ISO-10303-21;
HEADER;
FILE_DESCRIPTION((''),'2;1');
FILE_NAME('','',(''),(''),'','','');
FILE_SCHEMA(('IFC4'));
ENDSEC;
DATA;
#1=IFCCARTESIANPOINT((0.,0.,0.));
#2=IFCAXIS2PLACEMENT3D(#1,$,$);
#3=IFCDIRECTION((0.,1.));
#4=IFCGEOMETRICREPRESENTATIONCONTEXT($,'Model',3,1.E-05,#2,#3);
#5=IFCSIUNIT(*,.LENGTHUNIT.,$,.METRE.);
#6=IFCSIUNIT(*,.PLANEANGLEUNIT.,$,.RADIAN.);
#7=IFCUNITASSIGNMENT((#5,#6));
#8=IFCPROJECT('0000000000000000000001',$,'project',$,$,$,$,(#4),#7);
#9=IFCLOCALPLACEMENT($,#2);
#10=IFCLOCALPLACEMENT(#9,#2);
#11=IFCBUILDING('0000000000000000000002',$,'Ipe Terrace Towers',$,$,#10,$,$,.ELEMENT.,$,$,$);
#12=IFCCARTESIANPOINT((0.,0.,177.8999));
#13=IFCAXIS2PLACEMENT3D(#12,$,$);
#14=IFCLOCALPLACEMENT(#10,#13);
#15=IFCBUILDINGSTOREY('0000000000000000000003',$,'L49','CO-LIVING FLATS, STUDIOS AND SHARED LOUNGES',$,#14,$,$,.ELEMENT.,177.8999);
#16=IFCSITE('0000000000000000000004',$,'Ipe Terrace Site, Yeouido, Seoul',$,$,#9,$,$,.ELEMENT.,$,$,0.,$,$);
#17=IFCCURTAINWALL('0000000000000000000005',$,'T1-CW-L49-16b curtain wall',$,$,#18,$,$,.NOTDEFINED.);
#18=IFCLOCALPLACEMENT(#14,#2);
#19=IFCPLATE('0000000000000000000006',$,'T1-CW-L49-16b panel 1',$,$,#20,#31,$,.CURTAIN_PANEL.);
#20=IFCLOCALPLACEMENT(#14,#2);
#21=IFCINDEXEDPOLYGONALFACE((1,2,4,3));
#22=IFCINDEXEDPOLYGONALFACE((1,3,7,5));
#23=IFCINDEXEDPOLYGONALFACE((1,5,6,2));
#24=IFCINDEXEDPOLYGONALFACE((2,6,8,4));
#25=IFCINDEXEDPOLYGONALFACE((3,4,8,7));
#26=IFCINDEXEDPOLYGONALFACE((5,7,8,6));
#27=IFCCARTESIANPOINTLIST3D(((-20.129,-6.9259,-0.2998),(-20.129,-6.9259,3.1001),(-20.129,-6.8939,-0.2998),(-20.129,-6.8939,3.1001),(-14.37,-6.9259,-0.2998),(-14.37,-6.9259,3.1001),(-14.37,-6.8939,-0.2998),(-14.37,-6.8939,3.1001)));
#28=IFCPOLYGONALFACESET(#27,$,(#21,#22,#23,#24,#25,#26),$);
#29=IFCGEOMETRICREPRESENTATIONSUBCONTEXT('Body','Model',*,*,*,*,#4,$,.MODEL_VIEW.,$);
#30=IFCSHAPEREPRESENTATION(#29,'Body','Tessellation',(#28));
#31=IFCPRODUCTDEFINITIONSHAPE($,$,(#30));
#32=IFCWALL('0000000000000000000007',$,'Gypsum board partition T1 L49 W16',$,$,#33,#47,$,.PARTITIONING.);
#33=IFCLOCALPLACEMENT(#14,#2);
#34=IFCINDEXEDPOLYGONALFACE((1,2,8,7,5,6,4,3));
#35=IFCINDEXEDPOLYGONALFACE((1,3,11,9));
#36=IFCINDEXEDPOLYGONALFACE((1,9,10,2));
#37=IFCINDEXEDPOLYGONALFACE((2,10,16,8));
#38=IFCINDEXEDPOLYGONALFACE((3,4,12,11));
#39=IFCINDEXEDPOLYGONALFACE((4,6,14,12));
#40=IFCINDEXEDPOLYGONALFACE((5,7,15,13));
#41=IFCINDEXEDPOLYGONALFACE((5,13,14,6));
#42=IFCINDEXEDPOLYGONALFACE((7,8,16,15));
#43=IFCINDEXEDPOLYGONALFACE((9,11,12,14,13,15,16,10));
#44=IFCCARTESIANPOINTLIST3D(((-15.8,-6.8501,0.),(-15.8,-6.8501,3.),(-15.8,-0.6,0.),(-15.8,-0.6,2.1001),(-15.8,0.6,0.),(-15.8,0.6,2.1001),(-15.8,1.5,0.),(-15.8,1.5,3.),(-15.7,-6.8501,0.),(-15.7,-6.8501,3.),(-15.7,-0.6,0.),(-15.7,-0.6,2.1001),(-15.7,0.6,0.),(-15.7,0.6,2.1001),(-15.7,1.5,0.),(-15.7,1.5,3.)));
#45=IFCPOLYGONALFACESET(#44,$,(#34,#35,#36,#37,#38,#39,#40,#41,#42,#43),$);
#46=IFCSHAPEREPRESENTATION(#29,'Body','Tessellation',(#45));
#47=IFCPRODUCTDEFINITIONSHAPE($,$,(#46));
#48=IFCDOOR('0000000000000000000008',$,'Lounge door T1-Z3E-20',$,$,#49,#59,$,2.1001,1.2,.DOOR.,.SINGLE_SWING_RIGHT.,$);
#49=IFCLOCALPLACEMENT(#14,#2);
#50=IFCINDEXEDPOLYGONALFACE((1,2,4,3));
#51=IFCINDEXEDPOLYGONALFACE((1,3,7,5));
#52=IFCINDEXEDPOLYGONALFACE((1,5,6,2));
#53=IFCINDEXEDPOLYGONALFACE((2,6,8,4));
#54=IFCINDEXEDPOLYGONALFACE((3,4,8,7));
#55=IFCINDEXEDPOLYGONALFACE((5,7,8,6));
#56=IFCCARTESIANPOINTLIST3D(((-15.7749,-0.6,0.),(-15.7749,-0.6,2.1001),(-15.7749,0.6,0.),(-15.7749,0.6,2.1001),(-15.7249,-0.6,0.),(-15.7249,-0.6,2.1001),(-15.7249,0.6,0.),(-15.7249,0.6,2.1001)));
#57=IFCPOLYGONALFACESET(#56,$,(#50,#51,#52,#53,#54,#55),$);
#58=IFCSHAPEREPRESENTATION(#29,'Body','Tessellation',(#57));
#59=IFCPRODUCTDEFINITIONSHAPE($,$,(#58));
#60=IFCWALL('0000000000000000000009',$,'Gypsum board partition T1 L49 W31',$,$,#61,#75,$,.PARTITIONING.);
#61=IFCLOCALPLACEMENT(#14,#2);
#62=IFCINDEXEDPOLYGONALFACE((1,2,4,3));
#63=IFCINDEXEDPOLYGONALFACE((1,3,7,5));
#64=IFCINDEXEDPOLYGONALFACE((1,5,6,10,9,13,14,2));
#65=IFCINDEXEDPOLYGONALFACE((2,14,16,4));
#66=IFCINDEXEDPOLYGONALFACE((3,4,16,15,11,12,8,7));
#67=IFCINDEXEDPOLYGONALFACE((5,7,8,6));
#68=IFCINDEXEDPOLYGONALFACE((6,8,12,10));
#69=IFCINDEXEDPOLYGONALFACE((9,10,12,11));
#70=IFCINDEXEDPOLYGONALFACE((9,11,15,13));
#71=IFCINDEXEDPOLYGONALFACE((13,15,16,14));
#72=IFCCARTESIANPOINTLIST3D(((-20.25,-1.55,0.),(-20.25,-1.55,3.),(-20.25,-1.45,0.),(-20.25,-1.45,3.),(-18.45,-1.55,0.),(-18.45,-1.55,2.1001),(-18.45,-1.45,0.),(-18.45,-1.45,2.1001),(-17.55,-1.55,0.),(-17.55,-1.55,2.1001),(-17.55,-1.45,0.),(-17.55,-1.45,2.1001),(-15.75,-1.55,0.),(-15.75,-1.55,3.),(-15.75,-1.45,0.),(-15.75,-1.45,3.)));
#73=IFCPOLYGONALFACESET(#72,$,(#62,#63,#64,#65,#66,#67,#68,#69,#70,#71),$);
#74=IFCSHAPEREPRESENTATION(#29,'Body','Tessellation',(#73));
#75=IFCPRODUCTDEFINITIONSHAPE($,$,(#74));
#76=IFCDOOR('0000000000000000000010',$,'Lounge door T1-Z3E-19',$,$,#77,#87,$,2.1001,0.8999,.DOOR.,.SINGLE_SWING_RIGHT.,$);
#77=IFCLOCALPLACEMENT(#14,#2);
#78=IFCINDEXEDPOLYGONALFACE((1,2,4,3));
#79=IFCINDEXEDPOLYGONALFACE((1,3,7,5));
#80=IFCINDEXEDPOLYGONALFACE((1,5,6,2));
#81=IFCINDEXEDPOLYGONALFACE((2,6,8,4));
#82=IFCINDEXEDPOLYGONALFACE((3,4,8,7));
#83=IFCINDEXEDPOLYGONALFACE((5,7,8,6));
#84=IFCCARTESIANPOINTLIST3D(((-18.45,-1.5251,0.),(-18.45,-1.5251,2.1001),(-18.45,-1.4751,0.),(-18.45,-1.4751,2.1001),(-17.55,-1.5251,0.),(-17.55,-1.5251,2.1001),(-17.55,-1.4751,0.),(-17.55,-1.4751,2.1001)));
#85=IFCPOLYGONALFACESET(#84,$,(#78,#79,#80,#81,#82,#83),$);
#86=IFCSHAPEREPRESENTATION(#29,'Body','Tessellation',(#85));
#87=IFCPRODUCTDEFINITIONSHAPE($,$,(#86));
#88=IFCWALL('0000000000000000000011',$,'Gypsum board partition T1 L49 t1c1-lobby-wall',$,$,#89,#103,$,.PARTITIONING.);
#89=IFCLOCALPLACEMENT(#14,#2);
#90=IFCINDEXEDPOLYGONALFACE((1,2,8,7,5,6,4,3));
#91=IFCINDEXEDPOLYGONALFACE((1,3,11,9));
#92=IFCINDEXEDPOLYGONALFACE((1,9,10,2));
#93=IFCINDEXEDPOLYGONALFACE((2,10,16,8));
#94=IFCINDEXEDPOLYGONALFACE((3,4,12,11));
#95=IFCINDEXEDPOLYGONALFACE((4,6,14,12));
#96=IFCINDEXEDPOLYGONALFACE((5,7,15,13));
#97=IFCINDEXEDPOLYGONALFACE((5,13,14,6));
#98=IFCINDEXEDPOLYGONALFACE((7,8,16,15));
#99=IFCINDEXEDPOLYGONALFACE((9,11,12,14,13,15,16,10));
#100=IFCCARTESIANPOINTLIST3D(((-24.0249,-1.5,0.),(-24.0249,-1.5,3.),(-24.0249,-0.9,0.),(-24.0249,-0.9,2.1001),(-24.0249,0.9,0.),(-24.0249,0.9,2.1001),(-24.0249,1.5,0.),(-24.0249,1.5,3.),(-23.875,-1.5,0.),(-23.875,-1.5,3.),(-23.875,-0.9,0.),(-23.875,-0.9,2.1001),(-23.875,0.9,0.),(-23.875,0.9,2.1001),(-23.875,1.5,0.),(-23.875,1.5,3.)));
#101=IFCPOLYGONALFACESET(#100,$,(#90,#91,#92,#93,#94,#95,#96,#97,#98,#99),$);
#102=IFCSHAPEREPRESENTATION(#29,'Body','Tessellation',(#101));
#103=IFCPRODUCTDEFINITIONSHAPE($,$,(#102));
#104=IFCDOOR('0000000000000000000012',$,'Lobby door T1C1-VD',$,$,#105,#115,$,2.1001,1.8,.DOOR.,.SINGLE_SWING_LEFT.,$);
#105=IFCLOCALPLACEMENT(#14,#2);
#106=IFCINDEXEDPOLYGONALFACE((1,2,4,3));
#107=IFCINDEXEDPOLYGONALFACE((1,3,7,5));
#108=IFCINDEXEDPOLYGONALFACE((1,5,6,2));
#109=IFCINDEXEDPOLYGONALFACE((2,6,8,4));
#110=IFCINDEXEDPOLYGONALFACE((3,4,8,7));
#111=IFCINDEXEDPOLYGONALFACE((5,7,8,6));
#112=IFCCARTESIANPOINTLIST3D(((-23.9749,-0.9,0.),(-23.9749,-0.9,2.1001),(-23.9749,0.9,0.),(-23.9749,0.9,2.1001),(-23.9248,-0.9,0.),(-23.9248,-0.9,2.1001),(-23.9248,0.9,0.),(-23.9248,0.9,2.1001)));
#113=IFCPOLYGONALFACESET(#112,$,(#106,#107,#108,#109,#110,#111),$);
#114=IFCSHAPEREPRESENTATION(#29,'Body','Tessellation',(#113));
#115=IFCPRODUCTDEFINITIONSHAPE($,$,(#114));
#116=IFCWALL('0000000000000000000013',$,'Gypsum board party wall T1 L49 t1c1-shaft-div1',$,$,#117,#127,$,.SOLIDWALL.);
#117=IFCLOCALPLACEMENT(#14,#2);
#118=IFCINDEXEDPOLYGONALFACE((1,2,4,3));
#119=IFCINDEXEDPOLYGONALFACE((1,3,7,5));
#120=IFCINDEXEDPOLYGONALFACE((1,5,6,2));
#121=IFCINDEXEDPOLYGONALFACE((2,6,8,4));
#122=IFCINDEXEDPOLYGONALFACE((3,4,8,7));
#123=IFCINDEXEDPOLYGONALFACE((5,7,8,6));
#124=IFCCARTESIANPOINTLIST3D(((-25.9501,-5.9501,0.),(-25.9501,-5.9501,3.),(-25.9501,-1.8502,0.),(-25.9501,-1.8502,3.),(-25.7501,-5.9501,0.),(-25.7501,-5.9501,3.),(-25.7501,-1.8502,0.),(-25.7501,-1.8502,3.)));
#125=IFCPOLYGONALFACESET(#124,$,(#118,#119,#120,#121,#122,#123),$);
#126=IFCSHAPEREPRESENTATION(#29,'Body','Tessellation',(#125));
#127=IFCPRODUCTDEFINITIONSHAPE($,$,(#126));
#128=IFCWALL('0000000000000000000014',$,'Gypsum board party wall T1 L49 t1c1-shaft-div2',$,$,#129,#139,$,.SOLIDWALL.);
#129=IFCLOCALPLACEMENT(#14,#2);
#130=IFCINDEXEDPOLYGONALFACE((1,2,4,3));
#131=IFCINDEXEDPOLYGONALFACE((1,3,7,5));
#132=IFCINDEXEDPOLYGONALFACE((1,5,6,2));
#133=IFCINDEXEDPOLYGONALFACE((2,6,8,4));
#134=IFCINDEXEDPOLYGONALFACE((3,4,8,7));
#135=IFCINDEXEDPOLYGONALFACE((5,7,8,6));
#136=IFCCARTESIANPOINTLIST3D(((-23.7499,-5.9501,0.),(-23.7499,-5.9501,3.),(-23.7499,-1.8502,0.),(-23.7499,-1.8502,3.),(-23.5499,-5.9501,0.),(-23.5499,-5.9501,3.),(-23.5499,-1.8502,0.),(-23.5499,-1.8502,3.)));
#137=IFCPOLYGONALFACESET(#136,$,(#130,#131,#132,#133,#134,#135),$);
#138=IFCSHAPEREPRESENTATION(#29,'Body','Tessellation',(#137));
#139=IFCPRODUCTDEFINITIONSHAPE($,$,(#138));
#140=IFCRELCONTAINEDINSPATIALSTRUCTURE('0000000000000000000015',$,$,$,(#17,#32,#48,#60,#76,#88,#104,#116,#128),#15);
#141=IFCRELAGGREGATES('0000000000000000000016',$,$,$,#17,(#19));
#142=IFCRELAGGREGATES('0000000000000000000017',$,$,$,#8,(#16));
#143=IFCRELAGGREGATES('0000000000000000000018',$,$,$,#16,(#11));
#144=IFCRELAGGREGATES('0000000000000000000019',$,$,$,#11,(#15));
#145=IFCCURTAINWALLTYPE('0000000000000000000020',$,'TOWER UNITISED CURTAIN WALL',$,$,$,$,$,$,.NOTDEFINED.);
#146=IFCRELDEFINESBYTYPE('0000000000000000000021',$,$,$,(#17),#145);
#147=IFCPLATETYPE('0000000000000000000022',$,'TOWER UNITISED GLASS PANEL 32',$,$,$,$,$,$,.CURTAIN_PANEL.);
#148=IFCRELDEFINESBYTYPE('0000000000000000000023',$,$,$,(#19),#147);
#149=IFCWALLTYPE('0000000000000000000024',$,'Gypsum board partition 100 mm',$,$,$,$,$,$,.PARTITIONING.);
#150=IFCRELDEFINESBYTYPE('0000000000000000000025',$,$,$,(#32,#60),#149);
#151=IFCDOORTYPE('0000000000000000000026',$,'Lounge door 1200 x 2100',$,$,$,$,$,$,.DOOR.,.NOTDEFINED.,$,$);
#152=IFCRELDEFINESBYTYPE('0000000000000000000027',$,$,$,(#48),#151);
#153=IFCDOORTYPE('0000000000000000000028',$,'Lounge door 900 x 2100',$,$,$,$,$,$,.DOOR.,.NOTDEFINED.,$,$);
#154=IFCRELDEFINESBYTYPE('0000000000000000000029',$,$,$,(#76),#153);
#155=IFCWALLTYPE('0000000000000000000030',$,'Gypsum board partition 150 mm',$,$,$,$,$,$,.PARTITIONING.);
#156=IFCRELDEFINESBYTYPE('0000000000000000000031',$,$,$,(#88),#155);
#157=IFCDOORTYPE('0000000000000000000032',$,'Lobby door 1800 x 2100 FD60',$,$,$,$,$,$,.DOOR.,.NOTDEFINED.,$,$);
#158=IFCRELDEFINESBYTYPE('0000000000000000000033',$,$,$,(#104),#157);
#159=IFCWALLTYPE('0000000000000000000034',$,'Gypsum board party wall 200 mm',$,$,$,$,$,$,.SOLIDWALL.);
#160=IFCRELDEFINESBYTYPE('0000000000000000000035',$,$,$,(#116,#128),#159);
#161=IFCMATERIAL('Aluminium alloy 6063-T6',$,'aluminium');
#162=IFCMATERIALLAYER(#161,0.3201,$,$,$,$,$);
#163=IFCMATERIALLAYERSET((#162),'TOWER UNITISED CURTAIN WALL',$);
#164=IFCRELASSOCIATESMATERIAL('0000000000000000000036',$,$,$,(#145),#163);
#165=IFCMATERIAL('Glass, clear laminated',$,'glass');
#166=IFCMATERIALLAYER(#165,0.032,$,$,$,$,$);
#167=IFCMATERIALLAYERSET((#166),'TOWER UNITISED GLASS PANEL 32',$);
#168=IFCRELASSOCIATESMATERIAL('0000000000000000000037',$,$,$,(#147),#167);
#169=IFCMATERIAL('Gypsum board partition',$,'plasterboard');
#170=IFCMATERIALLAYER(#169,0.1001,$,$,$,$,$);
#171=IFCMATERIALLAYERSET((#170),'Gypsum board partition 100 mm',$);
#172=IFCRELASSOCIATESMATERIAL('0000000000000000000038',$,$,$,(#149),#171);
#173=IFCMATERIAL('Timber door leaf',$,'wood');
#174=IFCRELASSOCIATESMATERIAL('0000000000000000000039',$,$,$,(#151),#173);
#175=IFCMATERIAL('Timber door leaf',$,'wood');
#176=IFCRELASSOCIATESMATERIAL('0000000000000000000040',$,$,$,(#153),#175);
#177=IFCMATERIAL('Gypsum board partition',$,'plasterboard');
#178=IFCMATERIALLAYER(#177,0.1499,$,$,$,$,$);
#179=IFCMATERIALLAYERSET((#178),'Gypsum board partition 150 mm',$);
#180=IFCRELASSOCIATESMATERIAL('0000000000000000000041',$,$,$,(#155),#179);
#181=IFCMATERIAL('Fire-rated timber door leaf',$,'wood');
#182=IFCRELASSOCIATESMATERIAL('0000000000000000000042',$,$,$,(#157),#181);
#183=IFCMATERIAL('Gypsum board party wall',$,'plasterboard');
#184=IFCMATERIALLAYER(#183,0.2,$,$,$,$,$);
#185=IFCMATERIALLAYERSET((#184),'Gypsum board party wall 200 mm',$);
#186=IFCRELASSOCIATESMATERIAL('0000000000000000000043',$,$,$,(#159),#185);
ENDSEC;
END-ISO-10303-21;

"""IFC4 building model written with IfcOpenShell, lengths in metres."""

from ifc_helpers import new_model, si_unit, direction, frame, frame_2d, origin, origin_2d, place, context, subcontext, project, spatial, rectangle, extrude, material, layer, layer_set, type_object, element, fill, aggregate, save


model = new_model("IFC4")

# Units and contexts
model_context = context("Model", 3, precision=1e-05, world=origin(), true_north=direction((0.0, 1.0)))
body_context = subcontext(model_context, "Body", "Model", "MODEL_VIEW")
ifc_project = project(units=[si_unit("LENGTHUNIT", "METRE"), si_unit("PLANEANGLEUNIT", "RADIAN")], contexts=[model_context])

# Site, building, storey
site_placement = place(None, origin())
site = spatial("IfcSite", under=ifc_project, at=site_placement, Name="Ipe Terrace Site, Yeouido, Seoul", CompositionType="ELEMENT", RefElevation=0.0)
building_placement = place(site_placement, origin())
building = spatial("IfcBuilding", under=site, at=building_placement, Name="Ipe Terrace Towers", CompositionType="ELEMENT")
storey_placement = place(building_placement, frame((0.0, 0.0, 177.8999)))
storey = spatial("IfcBuildingStorey", under=building, at=storey_placement, Name="L49", Description="CO-LIVING FLATS, STUDIOS AND SHARED LOUNGES", CompositionType="ELEMENT", Elevation=177.8999)

# Shared definitions
ifc_material_1 = material(Name="Aluminium alloy 6063-T6", Category="aluminium")
ifc_layer_1 = layer(ifc_material_1, 0.3201)
ifc_layer_set_1 = layer_set([ifc_layer_1], Name="TOWER UNITISED CURTAIN WALL")
curtain_wall_type = type_object("IfcCurtainWallType", Name="TOWER UNITISED CURTAIN WALL", PredefinedType="NOTDEFINED", material=ifc_layer_set_1)

# Curtain wall, plate
curtain_wall_1_placement = place(storey_placement, origin())
curtain_wall_1 = element("IfcCurtainWall", 1, at=curtain_wall_1_placement, inside=storey, type_object=curtain_wall_type, Name="T1-CW-L49-16b curtain wall", PredefinedType="NOTDEFINED")
ifc_material_2 = material(Name="Glass, clear laminated", Category="glass")
ifc_layer_2 = layer(ifc_material_2, 0.032)
ifc_layer_set_2 = layer_set([ifc_layer_2], Name="TOWER UNITISED GLASS PANEL 32")
plate_type = type_object("IfcPlateType", Name="TOWER UNITISED GLASS PANEL 32", PredefinedType="CURTAIN_PANEL", material=ifc_layer_set_2)
plate_placement = place(storey_placement, frame((-17.2495, -6.9099, -0.2998), z_axis=(0.0, 0.0, 1.0), x_axis=(1.0, 0.0, 0.0)))
plate = element("IfcPlate", 2, at=plate_placement, type_object=plate_type, Name="T1-CW-L49-16b panel 1", PredefinedType="CURTAIN_PANEL", context=body_context, shape_type="SweptSolid", body=[
    extrude(rectangle(XDim=5.759, YDim=0.032, at=origin_2d()), origin(), (0.0, 0.0, 1.0), 3.3999),
])
aggregate(curtain_wall_1, [plate])

# Walls, openings, doors
ifc_material_3 = material(Name="Gypsum board partition", Category="plasterboard")
ifc_layer_3 = layer(ifc_material_3, 0.1001)
ifc_layer_set_3 = layer_set([ifc_layer_3], Name="Gypsum board partition 100 mm")
wall_type_1 = type_object("IfcWallType", Name="Gypsum board partition 100 mm", PredefinedType="PARTITIONING", material=ifc_layer_set_3)
wall_1_placement = place(storey_placement, frame((-15.75, -6.8501, 0.0), z_axis=(0.0, 0.0, 1.0), x_axis=(0.0, 1.0, 0.0)))
wall_1 = element("IfcWall", 3, at=wall_1_placement, inside=storey, type_object=wall_type_1, Name="Gypsum board partition T1 L49 W16", PredefinedType="PARTITIONING", context=body_context, shape_type="SweptSolid", body=[
    extrude(rectangle(XDim=8.3501, YDim=0.1001, at=frame_2d((4.175, 0.0))), origin(), (0.0, 0.0, 1.0), 3.0),
])
opening_1_placement = place(wall_1_placement, frame((6.25, 0.0, 0.0)))
opening_1 = element("IfcOpeningElement", 4, at=opening_1_placement, cuts=wall_1, PredefinedType="OPENING", context=body_context, shape_type="SweptSolid", body=[
    extrude(rectangle(XDim=1.2, YDim=2.1001, at=frame_2d((0.6001, 1.05))), frame((0.0, 0.0601, 0.0), z_axis=(0.0, -1.0, 0.0), x_axis=(1.0, 0.0, 0.0)), (0.0, 0.0, 1.0), 0.1201),
])
ifc_material_4 = material(Name="Timber door leaf", Category="wood")
door_type_1 = type_object("IfcDoorType", Name="Lounge door 1200 x 2100", OperationType="NOTDEFINED", PredefinedType="DOOR", material=ifc_material_4)
door_1_placement = place(opening_1_placement, origin())
door_1 = element("IfcDoor", 5, at=door_1_placement, inside=storey, type_object=door_type_1, Name="Lounge door T1-Z3E-20", OperationType="SINGLE_SWING_RIGHT", OverallHeight=2.1001, OverallWidth=1.2, PredefinedType="DOOR", context=body_context, shape_type="SweptSolid", body=[
    extrude(rectangle(XDim=1.2, YDim=2.1001, at=frame_2d((0.6001, 1.05))), frame((0.0, 0.0249, 0.0), z_axis=(0.0, -1.0, 0.0), x_axis=(1.0, 0.0, 0.0)), (0.0, 0.0, 1.0), 0.05),
])
fill(opening_1, door_1)
wall_2_placement = place(storey_placement, frame((-20.25, -1.5, 0.0), z_axis=(0.0, 0.0, 1.0), x_axis=(1.0, 0.0, 0.0)))
wall_2 = element("IfcWall", 6, at=wall_2_placement, inside=storey, type_object=wall_type_1, Name="Gypsum board partition T1 L49 W31", PredefinedType="PARTITIONING", context=body_context, shape_type="SweptSolid", body=[
    extrude(rectangle(XDim=4.5, YDim=0.1001, at=frame_2d((2.25, 0.0))), origin(), (0.0, 0.0, 1.0), 3.0),
])
opening_2_placement = place(wall_2_placement, frame((1.8, 0.0, 0.0)))
opening_2 = element("IfcOpeningElement", 7, at=opening_2_placement, cuts=wall_2, PredefinedType="OPENING", context=body_context, shape_type="SweptSolid", body=[
    extrude(rectangle(XDim=0.8999, YDim=2.1001, at=frame_2d((0.45, 1.05))), frame((0.0, 0.0601, 0.0), z_axis=(0.0, -1.0, 0.0), x_axis=(1.0, 0.0, 0.0)), (0.0, 0.0, 1.0), 0.1201),
])
ifc_material_5 = material(Name="Timber door leaf", Category="wood")
door_type_2 = type_object("IfcDoorType", Name="Lounge door 900 x 2100", OperationType="NOTDEFINED", PredefinedType="DOOR", material=ifc_material_5)
door_2_placement = place(opening_2_placement, origin())
door_2 = element("IfcDoor", 8, at=door_2_placement, inside=storey, type_object=door_type_2, Name="Lounge door T1-Z3E-19", OperationType="SINGLE_SWING_RIGHT", OverallHeight=2.1001, OverallWidth=0.8999, PredefinedType="DOOR", context=body_context, shape_type="SweptSolid", body=[
    extrude(rectangle(XDim=0.8999, YDim=2.1001, at=frame_2d((0.45, 1.05))), frame((0.0, 0.0249, 0.0), z_axis=(0.0, -1.0, 0.0), x_axis=(1.0, 0.0, 0.0)), (0.0, 0.0, 1.0), 0.05),
])
fill(opening_2, door_2)
ifc_material_6 = material(Name="Gypsum board partition", Category="plasterboard")
ifc_layer_4 = layer(ifc_material_6, 0.1499)
ifc_layer_set_4 = layer_set([ifc_layer_4], Name="Gypsum board partition 150 mm")
wall_type_2 = type_object("IfcWallType", Name="Gypsum board partition 150 mm", PredefinedType="PARTITIONING", material=ifc_layer_set_4)
wall_3_placement = place(storey_placement, frame((-23.95, -1.5, 0.0), z_axis=(0.0, 0.0, 1.0), x_axis=(0.0, 1.0, 0.0)))
wall_3 = element("IfcWall", 9, at=wall_3_placement, inside=storey, type_object=wall_type_2, Name="Gypsum board partition T1 L49 t1c1-lobby-wall", PredefinedType="PARTITIONING", context=body_context, shape_type="SweptSolid", body=[
    extrude(rectangle(XDim=3.0, YDim=0.1499, at=frame_2d((1.5, 0.0))), origin(), (0.0, 0.0, 1.0), 3.0),
])
opening_3_placement = place(wall_3_placement, frame((0.6001, 0.0, 0.0)))
opening_3 = element("IfcOpeningElement", 10, at=opening_3_placement, cuts=wall_3, PredefinedType="OPENING", context=body_context, shape_type="SweptSolid", body=[
    extrude(rectangle(XDim=1.8, YDim=2.1001, at=frame_2d((0.8999, 1.05))), frame((0.0, 0.085, 0.0), z_axis=(0.0, -1.0, 0.0), x_axis=(1.0, 0.0, 0.0)), (0.0, 0.0, 1.0), 0.1699),
])
ifc_material_7 = material(Name="Fire-rated timber door leaf", Category="wood")
door_type_3 = type_object("IfcDoorType", Name="Lobby door 1800 x 2100 FD60", OperationType="NOTDEFINED", PredefinedType="DOOR", material=ifc_material_7)
door_3_placement = place(opening_3_placement, origin())
door_3 = element("IfcDoor", 11, at=door_3_placement, inside=storey, type_object=door_type_3, Name="Lobby door T1C1-VD", OperationType="SINGLE_SWING_LEFT", OverallHeight=2.1001, OverallWidth=1.8, PredefinedType="DOOR", context=body_context, shape_type="SweptSolid", body=[
    extrude(rectangle(XDim=1.8, YDim=2.1001, at=frame_2d((0.8999, 1.05))), frame((0.0, 0.0249, 0.0), z_axis=(0.0, -1.0, 0.0), x_axis=(1.0, 0.0, 0.0)), (0.0, 0.0, 1.0), 0.05),
])
fill(opening_3, door_3)

# Walls
ifc_material_8 = material(Name="Gypsum board party wall", Category="plasterboard")
ifc_layer_5 = layer(ifc_material_8, 0.2)
ifc_layer_set_5 = layer_set([ifc_layer_5], Name="Gypsum board party wall 200 mm")
wall_type_3 = type_object("IfcWallType", Name="Gypsum board party wall 200 mm", PredefinedType="SOLIDWALL", material=ifc_layer_set_5)
for number, where, z_axis, x_axis, name in (
    (12, (-25.8501, -5.95, 0.0), (0.0, 0.0, 1.0), (0.0, 1.0, 0.0), "Gypsum board party wall T1 L49 t1c1-shaft-div1"),
    (13, (-23.6499, -5.95, 0.0), (0.0, 0.0, 1.0), (0.0, 1.0, 0.0), "Gypsum board party wall T1 L49 t1c1-shaft-div2"),
):
    element("IfcWall", number, at=place(storey_placement, frame(where, z_axis=z_axis, x_axis=x_axis)), inside=storey, type_object=wall_type_3, Name=name, PredefinedType="SOLIDWALL", context=body_context, shape_type="SweptSolid", body=[
        extrude(rectangle(XDim=4.0999, YDim=0.2, at=frame_2d((2.0498, 0.0))), origin(), (0.0, 0.0, 1.0), 3.0),
    ])

save(model, "model.ifc")
